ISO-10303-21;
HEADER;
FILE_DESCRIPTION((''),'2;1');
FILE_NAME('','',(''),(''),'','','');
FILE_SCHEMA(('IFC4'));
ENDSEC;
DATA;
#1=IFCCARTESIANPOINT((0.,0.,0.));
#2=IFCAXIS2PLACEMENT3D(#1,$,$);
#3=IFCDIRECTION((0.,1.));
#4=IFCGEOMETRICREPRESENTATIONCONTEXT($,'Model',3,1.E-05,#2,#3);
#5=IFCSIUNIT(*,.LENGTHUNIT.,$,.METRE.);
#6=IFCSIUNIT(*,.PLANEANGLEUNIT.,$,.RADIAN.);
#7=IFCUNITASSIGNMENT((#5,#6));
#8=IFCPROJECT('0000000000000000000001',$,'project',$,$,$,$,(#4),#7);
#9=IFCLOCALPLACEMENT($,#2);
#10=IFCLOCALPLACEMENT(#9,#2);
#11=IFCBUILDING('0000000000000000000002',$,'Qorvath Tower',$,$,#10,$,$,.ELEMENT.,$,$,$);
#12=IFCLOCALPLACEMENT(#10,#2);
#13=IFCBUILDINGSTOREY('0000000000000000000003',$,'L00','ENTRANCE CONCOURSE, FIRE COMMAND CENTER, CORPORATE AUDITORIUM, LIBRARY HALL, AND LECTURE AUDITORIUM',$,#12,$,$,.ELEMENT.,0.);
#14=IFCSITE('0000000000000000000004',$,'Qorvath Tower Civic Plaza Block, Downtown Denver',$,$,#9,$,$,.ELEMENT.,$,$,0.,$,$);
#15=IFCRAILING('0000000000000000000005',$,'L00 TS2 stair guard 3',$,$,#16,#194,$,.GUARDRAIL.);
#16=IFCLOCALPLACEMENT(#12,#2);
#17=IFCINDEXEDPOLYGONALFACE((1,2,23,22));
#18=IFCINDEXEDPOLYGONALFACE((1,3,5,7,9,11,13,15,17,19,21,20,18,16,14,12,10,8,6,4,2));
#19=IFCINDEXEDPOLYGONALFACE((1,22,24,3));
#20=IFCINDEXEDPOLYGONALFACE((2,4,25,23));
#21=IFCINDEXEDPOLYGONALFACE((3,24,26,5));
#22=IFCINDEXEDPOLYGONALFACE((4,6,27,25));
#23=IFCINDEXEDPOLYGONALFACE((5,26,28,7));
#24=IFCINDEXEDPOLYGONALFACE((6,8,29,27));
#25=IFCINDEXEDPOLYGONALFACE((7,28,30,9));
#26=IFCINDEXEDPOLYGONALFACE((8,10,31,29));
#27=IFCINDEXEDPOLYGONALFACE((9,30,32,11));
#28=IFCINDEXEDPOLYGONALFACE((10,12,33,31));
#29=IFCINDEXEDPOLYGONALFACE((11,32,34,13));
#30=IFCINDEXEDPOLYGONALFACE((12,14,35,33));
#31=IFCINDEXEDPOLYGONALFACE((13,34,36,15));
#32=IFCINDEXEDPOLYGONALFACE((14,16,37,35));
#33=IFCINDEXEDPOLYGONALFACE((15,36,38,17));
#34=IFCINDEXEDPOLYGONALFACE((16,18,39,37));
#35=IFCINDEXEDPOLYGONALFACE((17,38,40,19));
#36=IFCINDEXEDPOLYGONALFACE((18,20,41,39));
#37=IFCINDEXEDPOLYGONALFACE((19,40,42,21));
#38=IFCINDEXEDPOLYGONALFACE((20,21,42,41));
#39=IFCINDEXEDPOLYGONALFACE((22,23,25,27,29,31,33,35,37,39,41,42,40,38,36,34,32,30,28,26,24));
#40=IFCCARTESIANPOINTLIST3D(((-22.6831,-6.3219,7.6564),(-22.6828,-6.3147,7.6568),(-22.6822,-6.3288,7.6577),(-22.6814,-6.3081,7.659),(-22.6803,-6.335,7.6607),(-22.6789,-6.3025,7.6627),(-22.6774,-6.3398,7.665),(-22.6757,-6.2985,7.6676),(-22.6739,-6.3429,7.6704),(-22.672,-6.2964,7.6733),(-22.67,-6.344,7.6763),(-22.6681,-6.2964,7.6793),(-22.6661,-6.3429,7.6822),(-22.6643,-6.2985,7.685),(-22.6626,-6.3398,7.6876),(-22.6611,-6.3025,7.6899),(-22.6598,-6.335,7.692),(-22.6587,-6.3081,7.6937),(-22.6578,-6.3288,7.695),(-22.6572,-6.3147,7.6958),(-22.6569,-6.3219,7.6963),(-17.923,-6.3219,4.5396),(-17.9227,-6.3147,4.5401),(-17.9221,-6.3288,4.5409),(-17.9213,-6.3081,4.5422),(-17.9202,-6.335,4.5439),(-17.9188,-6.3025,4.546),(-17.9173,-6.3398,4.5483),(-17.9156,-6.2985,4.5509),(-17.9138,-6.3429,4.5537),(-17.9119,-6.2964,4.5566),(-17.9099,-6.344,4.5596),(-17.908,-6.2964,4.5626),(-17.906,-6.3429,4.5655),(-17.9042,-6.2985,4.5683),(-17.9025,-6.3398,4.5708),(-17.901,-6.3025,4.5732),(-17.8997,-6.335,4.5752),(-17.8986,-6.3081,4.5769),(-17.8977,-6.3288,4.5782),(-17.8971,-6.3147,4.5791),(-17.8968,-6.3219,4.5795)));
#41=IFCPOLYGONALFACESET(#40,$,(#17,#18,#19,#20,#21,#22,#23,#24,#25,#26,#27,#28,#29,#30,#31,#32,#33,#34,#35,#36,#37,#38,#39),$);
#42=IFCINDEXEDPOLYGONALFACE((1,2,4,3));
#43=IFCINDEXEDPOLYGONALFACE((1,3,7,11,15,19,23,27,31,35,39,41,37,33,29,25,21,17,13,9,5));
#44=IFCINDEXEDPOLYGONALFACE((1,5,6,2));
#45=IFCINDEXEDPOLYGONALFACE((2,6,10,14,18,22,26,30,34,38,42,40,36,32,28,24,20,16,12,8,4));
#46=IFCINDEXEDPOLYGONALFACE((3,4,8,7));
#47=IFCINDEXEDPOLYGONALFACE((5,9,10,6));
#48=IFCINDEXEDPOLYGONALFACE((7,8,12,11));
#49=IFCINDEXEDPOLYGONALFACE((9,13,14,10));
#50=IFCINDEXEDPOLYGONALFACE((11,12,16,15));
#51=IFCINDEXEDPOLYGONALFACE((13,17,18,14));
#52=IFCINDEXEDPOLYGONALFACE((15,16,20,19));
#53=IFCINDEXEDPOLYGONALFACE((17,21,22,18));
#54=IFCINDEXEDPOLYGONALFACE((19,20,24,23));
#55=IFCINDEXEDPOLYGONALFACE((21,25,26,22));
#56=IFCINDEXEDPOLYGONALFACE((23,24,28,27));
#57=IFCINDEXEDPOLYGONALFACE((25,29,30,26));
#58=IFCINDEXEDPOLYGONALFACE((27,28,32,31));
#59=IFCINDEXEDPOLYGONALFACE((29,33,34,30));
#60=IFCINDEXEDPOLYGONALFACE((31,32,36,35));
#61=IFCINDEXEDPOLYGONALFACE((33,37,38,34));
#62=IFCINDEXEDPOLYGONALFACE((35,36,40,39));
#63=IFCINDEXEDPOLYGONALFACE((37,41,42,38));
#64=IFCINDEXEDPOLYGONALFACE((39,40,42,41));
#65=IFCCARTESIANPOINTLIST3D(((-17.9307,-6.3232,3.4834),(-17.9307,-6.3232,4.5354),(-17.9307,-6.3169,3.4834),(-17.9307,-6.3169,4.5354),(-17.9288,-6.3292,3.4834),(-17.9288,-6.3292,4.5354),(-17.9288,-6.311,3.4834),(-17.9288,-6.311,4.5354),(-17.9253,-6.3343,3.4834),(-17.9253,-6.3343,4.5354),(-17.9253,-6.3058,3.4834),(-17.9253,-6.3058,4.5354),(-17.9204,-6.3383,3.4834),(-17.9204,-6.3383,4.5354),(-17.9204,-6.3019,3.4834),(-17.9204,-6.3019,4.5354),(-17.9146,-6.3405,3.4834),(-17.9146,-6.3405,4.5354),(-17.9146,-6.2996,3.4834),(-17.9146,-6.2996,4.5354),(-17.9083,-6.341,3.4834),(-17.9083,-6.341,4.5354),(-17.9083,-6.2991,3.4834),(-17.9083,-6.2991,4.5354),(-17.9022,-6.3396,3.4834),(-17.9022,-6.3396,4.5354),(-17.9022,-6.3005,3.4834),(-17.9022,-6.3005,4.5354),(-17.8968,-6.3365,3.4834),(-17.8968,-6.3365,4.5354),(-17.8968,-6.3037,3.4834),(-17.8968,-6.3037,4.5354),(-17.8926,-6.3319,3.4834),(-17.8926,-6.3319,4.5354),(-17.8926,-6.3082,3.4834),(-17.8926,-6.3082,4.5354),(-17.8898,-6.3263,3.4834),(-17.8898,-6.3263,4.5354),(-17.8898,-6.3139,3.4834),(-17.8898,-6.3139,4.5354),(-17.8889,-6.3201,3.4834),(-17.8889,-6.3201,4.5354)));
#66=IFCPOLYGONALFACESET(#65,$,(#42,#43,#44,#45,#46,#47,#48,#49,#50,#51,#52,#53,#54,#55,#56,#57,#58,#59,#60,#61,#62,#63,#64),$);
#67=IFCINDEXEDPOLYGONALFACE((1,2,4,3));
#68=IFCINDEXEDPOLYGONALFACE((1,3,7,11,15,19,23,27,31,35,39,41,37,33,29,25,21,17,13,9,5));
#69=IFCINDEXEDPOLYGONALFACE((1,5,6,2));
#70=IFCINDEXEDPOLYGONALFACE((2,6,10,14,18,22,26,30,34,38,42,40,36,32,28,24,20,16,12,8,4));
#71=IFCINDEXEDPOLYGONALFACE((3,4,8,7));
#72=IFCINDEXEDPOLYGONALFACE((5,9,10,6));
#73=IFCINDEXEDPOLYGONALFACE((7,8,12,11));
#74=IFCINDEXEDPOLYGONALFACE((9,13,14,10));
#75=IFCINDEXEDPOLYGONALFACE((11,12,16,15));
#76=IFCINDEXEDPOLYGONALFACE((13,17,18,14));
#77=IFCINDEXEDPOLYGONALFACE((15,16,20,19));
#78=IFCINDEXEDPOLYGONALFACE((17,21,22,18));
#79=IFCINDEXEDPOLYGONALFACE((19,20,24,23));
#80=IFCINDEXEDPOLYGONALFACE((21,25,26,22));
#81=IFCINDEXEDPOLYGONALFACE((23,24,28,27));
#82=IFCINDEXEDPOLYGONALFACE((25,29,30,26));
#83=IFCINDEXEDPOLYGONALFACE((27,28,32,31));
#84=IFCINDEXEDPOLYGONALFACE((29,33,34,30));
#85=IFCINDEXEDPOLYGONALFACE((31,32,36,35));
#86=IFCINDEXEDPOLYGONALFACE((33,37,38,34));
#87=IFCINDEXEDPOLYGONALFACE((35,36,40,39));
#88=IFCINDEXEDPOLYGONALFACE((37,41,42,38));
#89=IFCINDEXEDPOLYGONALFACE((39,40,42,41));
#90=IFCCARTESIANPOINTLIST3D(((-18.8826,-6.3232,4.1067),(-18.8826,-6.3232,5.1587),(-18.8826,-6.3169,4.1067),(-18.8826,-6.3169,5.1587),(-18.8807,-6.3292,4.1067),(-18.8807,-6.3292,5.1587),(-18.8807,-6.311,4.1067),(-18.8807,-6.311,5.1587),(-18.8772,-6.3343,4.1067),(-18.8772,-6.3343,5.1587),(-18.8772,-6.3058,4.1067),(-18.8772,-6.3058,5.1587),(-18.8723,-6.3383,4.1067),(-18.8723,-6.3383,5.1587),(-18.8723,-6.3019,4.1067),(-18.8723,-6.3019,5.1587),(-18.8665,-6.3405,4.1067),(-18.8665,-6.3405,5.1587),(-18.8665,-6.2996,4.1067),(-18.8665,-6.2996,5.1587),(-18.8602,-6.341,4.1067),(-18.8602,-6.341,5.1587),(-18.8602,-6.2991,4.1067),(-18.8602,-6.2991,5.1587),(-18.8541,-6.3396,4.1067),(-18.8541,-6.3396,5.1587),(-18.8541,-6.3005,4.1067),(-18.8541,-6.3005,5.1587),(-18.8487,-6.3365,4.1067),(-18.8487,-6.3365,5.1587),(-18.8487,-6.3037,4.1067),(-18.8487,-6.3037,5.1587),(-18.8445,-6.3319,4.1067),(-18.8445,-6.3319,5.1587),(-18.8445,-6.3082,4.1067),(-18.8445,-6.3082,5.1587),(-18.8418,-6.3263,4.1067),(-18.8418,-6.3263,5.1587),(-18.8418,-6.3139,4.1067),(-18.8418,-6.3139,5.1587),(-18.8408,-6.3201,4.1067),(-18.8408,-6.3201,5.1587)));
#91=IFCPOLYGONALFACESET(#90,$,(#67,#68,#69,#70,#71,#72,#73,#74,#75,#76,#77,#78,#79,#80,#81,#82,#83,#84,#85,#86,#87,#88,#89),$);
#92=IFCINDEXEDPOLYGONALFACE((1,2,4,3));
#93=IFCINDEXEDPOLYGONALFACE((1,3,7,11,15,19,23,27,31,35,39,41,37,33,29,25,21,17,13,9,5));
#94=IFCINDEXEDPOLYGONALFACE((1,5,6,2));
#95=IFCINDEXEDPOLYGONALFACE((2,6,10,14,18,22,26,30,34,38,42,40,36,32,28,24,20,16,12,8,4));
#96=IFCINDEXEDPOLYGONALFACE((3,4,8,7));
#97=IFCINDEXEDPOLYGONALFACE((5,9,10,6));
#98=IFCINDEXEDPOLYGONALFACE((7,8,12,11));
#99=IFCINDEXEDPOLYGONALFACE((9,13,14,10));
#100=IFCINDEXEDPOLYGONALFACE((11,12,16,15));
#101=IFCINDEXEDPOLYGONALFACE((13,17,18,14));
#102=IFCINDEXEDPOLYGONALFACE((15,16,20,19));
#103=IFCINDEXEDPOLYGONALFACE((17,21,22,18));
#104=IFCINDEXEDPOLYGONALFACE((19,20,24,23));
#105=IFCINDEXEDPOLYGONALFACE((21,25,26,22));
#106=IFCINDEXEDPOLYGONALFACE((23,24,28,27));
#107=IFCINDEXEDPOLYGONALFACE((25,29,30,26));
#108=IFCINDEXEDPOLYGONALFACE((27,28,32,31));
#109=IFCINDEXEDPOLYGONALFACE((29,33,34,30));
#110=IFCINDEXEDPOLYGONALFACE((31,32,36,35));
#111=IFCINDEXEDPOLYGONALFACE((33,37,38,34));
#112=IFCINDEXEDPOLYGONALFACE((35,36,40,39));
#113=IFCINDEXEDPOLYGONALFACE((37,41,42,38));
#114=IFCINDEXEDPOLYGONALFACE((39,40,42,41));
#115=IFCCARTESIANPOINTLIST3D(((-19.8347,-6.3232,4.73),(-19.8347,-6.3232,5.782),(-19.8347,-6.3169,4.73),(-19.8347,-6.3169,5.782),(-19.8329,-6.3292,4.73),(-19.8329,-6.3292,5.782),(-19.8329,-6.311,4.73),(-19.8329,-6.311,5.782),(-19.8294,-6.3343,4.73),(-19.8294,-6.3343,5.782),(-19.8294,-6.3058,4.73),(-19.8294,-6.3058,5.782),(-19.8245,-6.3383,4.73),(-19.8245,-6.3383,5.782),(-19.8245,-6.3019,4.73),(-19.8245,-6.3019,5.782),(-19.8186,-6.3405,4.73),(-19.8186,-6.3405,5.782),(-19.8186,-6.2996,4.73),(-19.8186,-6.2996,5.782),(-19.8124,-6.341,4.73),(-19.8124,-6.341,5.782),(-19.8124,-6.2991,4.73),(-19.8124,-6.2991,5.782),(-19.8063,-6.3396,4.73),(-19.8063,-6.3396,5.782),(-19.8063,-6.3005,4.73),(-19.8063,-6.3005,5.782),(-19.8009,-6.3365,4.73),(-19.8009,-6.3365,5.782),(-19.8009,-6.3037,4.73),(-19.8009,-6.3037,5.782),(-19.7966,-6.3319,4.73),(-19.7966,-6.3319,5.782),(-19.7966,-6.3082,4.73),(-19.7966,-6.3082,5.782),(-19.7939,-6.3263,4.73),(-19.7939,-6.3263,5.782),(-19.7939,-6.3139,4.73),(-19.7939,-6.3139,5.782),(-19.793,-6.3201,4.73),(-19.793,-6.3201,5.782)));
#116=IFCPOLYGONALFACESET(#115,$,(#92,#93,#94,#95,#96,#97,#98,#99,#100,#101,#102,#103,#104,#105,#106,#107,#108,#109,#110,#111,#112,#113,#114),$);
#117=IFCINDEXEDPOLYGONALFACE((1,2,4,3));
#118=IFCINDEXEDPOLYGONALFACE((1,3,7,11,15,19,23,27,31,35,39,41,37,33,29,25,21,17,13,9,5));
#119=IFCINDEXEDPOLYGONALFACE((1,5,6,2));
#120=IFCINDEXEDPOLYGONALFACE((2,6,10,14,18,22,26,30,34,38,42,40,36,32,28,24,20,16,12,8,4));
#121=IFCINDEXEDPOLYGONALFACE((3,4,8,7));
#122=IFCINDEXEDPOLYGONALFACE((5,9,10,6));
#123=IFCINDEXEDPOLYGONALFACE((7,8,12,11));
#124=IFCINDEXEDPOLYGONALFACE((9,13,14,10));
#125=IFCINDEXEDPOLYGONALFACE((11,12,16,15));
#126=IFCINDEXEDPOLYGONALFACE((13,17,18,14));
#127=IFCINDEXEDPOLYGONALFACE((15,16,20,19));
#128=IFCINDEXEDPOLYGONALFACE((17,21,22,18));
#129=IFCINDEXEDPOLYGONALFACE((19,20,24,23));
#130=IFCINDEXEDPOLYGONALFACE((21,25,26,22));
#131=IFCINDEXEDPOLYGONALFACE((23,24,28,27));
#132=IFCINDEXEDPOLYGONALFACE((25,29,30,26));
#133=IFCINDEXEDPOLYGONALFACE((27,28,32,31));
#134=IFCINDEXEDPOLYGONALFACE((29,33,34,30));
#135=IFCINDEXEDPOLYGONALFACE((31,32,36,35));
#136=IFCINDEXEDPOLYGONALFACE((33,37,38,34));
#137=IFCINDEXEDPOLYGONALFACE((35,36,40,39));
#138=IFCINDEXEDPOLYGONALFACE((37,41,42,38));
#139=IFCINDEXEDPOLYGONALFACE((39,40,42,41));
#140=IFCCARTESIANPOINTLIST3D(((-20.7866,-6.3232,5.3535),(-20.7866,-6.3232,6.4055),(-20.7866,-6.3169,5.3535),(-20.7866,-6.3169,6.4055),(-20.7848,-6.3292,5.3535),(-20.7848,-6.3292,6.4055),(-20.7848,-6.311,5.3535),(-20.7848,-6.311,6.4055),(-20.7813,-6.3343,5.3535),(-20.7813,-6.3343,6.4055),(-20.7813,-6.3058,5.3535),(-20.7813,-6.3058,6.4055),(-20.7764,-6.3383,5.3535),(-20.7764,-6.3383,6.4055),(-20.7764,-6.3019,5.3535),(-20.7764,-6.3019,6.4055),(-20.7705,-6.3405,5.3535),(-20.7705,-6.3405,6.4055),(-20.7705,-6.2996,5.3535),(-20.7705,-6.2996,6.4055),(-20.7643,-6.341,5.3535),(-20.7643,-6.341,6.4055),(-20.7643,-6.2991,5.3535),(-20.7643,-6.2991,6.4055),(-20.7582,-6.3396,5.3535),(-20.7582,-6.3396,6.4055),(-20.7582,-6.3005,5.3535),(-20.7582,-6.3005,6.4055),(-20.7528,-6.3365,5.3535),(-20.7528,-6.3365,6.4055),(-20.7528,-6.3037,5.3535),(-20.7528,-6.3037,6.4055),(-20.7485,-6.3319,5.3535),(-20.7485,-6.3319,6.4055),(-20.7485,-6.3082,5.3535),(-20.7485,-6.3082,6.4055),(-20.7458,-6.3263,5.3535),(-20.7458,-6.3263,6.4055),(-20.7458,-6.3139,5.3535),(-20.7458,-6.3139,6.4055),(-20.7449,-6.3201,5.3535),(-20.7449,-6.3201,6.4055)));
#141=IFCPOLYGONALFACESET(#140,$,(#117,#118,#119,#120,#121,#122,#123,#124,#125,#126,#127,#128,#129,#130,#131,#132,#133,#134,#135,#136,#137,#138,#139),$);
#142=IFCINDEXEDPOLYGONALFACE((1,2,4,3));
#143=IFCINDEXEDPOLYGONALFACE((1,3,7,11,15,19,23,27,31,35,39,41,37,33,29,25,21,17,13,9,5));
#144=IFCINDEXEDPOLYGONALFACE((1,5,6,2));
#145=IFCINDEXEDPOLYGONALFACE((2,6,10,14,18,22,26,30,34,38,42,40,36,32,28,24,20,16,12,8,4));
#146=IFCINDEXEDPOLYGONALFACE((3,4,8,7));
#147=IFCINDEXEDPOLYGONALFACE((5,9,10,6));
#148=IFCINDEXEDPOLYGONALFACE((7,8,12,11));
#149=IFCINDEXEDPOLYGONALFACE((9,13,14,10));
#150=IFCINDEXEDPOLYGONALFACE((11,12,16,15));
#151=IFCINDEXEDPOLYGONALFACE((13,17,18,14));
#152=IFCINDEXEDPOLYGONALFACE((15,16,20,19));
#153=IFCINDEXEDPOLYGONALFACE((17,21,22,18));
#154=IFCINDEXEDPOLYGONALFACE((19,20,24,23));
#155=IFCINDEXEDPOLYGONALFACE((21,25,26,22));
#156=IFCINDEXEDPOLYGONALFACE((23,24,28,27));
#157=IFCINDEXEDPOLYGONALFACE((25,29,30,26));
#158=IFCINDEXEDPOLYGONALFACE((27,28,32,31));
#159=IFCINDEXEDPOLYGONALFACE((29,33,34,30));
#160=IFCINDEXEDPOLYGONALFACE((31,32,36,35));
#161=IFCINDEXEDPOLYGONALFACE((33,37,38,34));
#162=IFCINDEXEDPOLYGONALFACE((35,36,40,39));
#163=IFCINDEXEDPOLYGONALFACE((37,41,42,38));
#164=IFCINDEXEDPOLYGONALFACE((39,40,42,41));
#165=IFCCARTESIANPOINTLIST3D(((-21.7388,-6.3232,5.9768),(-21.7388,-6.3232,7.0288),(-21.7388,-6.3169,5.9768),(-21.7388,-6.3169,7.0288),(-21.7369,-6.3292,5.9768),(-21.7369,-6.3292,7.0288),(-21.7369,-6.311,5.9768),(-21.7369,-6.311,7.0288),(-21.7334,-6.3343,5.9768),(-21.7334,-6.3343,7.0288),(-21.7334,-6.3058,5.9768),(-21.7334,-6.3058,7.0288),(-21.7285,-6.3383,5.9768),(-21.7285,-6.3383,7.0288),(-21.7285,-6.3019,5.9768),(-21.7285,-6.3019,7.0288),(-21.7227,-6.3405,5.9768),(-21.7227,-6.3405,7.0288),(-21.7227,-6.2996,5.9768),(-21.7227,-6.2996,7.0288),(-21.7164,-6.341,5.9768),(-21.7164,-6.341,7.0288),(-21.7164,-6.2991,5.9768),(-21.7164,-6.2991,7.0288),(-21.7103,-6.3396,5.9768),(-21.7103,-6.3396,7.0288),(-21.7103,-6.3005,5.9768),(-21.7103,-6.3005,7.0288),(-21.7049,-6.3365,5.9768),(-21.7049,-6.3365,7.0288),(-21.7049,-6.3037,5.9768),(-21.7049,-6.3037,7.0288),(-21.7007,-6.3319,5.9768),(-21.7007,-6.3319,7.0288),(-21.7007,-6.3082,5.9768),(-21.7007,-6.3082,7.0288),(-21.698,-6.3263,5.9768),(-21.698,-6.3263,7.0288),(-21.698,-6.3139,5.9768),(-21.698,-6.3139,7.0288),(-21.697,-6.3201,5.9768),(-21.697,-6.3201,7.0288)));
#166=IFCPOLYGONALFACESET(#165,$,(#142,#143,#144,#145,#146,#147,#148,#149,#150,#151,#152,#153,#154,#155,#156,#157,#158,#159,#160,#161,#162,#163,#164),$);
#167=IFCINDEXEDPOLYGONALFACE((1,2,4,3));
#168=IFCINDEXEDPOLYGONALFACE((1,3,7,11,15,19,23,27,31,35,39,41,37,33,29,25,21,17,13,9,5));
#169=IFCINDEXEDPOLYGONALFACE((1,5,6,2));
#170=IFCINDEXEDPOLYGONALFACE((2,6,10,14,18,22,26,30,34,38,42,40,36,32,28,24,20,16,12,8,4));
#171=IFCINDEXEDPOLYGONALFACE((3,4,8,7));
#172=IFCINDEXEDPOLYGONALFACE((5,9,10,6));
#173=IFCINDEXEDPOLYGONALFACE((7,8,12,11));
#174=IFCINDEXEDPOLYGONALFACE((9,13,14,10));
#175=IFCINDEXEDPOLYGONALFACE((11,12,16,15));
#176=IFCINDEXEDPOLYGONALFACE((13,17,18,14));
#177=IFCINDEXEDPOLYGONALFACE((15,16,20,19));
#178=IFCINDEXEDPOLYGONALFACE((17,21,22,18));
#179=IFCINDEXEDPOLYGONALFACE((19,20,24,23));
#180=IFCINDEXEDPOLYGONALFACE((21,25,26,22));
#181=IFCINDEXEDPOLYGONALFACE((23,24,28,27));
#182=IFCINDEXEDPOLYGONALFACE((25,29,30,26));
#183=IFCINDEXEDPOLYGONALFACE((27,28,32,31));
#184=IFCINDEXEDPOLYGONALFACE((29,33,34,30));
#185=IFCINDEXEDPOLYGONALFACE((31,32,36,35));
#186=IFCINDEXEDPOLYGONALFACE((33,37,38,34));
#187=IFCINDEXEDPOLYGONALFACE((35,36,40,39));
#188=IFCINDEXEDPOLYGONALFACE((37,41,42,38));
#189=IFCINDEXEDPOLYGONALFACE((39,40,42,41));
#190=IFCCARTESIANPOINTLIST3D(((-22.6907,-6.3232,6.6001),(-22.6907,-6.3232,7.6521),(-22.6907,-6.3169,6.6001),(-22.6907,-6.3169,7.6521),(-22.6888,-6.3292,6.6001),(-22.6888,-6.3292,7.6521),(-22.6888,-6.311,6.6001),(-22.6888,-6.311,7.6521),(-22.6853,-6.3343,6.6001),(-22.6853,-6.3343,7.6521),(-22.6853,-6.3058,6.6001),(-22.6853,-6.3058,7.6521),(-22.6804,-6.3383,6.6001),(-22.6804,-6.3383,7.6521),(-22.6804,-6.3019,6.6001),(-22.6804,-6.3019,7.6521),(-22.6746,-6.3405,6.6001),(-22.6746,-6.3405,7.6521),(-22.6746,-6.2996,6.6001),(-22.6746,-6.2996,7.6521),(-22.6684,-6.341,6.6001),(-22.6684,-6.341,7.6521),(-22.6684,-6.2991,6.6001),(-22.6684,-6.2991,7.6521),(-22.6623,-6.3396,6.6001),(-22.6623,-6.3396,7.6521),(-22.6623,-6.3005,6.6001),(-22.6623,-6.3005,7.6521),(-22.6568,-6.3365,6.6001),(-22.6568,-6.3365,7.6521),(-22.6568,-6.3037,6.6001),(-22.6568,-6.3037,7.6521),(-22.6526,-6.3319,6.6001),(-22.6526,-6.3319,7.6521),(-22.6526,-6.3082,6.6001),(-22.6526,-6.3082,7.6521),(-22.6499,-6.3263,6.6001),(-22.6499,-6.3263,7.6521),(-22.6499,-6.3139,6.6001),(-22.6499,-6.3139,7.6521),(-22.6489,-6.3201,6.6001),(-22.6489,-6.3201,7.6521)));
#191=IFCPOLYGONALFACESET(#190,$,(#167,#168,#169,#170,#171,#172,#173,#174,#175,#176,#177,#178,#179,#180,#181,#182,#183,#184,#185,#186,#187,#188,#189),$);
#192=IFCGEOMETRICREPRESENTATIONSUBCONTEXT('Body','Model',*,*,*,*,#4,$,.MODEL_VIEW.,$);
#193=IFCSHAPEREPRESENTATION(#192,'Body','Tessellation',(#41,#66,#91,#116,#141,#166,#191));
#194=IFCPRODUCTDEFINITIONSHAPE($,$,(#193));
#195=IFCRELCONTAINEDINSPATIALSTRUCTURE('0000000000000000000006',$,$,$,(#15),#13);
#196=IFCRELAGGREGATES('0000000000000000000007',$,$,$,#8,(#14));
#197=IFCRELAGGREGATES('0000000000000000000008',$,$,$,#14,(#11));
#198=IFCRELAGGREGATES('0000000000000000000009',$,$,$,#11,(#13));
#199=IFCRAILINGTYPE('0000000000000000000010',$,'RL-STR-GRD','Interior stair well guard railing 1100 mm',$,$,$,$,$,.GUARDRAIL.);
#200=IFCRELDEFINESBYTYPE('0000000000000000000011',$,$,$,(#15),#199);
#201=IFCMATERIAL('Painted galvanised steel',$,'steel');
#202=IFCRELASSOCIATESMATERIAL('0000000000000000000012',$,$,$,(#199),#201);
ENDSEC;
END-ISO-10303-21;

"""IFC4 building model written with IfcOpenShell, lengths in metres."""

from ifc_helpers import new_model, si_unit, direction, frame, origin, origin_2d, place, context, subcontext, project, spatial, circle, extrude, material, type_object, element, save


model = new_model("IFC4")

# Units and contexts
model_context = context("Model", 3, precision=1e-05, world=origin(), true_north=direction((0.0, 1.0)))
body_context = subcontext(model_context, "Body", "Model", "MODEL_VIEW")
ifc_project = project(units=[si_unit("LENGTHUNIT", "METRE"), si_unit("PLANEANGLEUNIT", "RADIAN")], contexts=[model_context])

# Site, building, storey
site_placement = place(None, origin())
site = spatial("IfcSite", under=ifc_project, at=site_placement, Name="Qorvath Tower Civic Plaza Block, Downtown Denver", CompositionType="ELEMENT", RefElevation=0.0)
building_placement = place(site_placement, origin())
building = spatial("IfcBuilding", under=site, at=building_placement, Name="Qorvath Tower", CompositionType="ELEMENT")
storey_placement = place(building_placement, origin())
storey = spatial("IfcBuildingStorey", under=building, at=storey_placement, Name="L00", Description="ENTRANCE CONCOURSE, FIRE COMMAND CENTER, CORPORATE AUDITORIUM, LIBRARY HALL, AND LECTURE AUDITORIUM", CompositionType="ELEMENT", Elevation=0.0)

# Railing
ifc_material_1 = material(Name="Painted galvanised steel", Category="steel")
railing_type_1 = type_object("IfcRailingType", Name="RL-STR-GRD", Description="Interior stair well guard railing 1100 mm", PredefinedType="GUARDRAIL", material=ifc_material_1)
railing_1_placement = place(storey_placement, frame((-17.9099, -6.3201, 3.4834)))
element("IfcRailing", 1, at=railing_1_placement, inside=storey, type_object=railing_type_1, Name="L00 TS2 stair guard 3", PredefinedType="GUARDRAIL", context=body_context, shape_type="SweptSolid", body=[
    extrude(circle(Radius=0.0239, at=origin_2d()), frame((0.0, 0.0, 1.0762), z_axis=(-0.836616, 0.0, 0.547789), x_axis=(0.0, -1.0, 0.0)), (0.0, 0.0, 1.0), 5.6897),
    extrude(circle(Radius=0.021, at=origin_2d()), origin(), (0.0, 0.0, 1.0), 1.052),
    extrude(circle(Radius=0.021, at=origin_2d()), frame((-0.9519, 0.0, 0.6233)), (0.0, 0.0, 1.0), 1.052),
    extrude(circle(Radius=0.021, at=origin_2d()), frame((-1.9041, 0.0, 1.2466)), (0.0, 0.0, 1.0), 1.052),
    extrude(circle(Radius=0.021, at=origin_2d()), frame((-2.856, 0.0, 1.8701)), (0.0, 0.0, 1.0), 1.052),
    extrude(circle(Radius=0.021, at=origin_2d()), frame((-3.8081, 0.0, 2.4934)), (0.0, 0.0, 1.0), 1.052),
    extrude(circle(Radius=0.021, at=origin_2d()), frame((-4.76, 0.0, 3.1167)), (0.0, 0.0, 1.0), 1.052),
])

save(model, "model.ifc")
